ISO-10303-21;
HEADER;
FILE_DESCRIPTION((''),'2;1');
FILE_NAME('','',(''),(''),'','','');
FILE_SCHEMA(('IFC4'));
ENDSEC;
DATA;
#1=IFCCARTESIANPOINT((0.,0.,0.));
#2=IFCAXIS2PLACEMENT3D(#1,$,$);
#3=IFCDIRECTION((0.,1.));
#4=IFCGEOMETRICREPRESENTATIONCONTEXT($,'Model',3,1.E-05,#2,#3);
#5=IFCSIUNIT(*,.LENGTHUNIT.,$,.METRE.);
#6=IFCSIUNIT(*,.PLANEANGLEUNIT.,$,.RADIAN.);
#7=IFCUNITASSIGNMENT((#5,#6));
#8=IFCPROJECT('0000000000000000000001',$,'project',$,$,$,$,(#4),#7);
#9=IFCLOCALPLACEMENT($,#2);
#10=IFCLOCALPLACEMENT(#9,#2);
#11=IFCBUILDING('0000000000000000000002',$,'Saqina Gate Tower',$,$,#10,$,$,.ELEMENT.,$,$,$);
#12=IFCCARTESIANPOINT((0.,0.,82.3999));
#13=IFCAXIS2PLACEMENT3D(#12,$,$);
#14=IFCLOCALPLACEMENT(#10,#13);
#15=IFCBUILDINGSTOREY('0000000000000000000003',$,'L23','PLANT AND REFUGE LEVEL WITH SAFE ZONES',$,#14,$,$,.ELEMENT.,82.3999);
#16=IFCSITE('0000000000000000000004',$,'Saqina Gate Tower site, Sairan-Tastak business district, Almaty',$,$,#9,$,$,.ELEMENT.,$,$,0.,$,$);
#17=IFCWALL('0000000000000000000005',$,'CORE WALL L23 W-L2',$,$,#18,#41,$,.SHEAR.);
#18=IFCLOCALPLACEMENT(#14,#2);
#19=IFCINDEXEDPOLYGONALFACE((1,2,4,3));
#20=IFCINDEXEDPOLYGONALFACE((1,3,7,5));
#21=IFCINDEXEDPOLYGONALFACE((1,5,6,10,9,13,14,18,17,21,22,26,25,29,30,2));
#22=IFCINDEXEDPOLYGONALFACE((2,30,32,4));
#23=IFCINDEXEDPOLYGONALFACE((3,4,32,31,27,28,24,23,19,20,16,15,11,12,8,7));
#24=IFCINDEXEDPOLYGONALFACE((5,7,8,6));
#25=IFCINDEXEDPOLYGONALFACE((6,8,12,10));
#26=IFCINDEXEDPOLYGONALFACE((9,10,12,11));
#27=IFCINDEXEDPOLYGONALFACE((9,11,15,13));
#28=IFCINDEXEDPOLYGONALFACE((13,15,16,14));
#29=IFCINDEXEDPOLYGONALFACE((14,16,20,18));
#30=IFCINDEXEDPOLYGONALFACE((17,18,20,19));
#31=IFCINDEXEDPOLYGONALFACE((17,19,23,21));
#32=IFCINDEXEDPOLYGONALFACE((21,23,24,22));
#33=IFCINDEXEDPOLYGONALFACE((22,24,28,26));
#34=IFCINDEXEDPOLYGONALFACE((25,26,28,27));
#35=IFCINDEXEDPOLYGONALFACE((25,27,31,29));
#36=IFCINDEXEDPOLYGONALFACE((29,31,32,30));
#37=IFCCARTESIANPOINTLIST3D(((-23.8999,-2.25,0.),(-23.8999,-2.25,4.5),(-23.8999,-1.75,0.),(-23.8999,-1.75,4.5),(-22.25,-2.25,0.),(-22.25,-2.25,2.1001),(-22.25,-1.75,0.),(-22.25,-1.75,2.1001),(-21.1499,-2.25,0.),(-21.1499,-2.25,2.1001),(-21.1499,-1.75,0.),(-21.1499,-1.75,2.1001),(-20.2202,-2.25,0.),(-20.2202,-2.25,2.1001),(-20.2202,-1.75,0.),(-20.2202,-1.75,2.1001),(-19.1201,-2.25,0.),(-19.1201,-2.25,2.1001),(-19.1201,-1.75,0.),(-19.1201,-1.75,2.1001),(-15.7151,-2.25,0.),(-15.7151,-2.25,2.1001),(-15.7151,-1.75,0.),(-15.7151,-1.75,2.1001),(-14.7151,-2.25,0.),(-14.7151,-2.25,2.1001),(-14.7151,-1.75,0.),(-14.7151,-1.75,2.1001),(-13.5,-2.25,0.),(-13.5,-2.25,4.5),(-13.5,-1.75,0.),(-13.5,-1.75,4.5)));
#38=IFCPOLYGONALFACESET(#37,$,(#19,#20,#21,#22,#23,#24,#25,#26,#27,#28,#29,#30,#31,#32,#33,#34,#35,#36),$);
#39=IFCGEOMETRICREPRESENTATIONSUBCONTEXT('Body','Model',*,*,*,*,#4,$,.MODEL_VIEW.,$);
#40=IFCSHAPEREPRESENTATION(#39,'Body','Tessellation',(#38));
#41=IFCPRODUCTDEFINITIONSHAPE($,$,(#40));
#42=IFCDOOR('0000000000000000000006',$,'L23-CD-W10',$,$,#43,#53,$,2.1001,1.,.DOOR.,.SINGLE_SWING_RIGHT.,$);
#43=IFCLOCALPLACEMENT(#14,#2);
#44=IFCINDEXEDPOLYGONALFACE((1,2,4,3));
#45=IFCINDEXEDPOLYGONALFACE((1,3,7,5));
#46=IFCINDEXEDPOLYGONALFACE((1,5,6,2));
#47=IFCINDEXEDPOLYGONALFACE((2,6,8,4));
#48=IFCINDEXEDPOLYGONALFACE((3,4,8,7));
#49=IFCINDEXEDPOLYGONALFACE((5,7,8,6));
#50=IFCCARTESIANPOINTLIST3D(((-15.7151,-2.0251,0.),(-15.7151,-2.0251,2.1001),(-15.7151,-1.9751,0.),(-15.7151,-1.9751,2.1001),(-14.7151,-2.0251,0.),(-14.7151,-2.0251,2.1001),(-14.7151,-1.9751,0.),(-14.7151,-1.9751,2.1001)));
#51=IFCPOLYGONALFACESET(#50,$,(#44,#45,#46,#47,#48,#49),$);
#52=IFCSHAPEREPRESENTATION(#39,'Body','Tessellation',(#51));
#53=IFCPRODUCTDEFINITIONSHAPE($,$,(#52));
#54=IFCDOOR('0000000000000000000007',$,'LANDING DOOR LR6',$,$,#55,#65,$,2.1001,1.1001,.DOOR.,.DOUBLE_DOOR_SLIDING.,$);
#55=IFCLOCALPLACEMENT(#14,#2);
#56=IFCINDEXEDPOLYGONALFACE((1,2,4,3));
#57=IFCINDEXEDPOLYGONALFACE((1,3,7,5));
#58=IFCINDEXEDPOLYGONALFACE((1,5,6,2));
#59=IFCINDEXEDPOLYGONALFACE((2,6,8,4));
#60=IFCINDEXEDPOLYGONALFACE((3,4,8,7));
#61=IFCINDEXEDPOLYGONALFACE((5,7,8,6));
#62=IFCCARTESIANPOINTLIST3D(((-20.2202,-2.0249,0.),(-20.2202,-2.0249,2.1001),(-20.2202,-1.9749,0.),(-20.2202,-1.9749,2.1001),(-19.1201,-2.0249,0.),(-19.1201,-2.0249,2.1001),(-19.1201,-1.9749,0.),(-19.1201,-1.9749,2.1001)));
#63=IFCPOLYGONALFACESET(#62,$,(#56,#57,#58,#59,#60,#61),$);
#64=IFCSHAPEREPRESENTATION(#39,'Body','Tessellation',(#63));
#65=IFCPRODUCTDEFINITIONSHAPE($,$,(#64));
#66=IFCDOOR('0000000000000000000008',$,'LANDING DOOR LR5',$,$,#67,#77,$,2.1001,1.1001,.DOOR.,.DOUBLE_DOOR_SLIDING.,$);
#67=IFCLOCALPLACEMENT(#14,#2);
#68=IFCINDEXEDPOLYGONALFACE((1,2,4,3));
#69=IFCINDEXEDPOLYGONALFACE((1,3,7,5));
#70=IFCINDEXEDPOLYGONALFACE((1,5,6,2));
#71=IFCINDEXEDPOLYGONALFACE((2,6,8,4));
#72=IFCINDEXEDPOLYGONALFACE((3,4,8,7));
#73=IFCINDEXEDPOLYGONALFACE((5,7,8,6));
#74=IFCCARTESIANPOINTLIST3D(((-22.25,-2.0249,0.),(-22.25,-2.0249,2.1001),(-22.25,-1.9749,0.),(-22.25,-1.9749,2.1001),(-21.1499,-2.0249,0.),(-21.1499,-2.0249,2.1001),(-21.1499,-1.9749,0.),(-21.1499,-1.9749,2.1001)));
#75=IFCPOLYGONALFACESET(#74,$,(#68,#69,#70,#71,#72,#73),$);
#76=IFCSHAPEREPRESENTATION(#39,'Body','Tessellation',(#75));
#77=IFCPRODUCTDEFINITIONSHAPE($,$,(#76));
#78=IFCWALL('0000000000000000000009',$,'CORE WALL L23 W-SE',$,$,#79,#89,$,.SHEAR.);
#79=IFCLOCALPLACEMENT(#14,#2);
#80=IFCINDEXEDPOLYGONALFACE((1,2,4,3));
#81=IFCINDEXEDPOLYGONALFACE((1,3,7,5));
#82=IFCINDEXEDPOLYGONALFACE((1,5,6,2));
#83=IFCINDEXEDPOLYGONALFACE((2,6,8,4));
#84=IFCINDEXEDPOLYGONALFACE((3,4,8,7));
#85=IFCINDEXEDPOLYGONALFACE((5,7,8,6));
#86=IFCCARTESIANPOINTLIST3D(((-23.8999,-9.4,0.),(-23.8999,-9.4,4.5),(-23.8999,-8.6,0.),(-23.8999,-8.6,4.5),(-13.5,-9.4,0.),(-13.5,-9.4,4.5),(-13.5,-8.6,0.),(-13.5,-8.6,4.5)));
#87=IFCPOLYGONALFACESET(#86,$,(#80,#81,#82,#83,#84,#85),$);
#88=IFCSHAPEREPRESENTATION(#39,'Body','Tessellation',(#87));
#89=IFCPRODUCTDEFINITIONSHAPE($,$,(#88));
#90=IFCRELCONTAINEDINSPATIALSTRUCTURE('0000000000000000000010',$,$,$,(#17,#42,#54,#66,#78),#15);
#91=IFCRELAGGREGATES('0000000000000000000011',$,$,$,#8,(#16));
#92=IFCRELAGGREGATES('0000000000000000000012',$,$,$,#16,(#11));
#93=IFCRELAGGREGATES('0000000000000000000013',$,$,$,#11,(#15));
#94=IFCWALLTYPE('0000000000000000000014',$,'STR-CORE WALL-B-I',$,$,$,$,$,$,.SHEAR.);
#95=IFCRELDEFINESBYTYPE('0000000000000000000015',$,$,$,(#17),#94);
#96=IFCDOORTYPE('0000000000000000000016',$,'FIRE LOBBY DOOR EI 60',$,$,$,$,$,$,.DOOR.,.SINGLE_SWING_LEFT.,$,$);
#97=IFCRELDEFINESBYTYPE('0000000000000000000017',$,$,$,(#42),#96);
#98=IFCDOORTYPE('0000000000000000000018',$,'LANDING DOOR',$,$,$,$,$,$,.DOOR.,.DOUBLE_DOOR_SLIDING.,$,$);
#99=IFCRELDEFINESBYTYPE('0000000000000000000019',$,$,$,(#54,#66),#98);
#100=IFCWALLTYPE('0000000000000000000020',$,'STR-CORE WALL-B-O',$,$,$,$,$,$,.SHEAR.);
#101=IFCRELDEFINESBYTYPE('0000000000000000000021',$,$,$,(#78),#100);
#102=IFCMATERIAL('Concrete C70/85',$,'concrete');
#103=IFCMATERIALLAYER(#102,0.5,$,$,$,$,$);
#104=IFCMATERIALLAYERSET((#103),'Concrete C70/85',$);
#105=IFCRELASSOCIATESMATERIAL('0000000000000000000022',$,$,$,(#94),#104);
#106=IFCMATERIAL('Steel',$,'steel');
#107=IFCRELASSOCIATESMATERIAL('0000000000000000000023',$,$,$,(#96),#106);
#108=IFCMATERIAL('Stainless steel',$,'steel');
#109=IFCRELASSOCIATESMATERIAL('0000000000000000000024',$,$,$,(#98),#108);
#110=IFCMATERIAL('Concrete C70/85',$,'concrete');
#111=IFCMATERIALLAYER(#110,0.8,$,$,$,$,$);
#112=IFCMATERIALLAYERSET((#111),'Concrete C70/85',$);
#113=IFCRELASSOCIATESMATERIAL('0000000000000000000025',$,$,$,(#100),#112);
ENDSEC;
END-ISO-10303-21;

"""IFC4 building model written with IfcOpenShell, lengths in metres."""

from ifc_helpers import new_model, si_unit, direction, frame, frame_2d, origin, place, context, subcontext, project, spatial, rectangle, extrude, material, layer, layer_set, type_object, element, fill, save


model = new_model("IFC4")

# Units and contexts
model_context = context("Model", 3, precision=1e-05, world=origin(), true_north=direction((0.0, 1.0)))
body_context = subcontext(model_context, "Body", "Model", "MODEL_VIEW")
ifc_project = project(units=[si_unit("LENGTHUNIT", "METRE"), si_unit("PLANEANGLEUNIT", "RADIAN")], contexts=[model_context])

# Site, building, storey
site_placement = place(None, origin())
site = spatial("IfcSite", under=ifc_project, at=site_placement, Name="Saqina Gate Tower site, Sairan-Tastak business district, Almaty", CompositionType="ELEMENT", RefElevation=0.0)
building_placement = place(site_placement, origin())
building = spatial("IfcBuilding", under=site, at=building_placement, Name="Saqina Gate Tower", CompositionType="ELEMENT")
storey_placement = place(building_placement, frame((0.0, 0.0, 82.3999)))
storey = spatial("IfcBuildingStorey", under=building, at=storey_placement, Name="L23", Description="PLANT AND REFUGE LEVEL WITH SAFE ZONES", CompositionType="ELEMENT", Elevation=82.3999)

# Shared definitions
ifc_material_1 = material(Name="Concrete C70/85", Category="concrete")
ifc_layer_1 = layer(ifc_material_1, 0.5)
ifc_layer_set_1 = layer_set([ifc_layer_1], Name="Concrete C70/85")
wall_type_1 = type_object("IfcWallType", Name="STR-CORE WALL-B-I", PredefinedType="SHEAR", material=ifc_layer_set_1)

# Wall, openings, doors
wall_1_placement = place(storey_placement, frame((-13.5, -2.0, 0.0), z_axis=(0.0, 0.0, 1.0), x_axis=(-1.0, 0.0, 0.0)))
wall_1 = element("IfcWall", 1, at=wall_1_placement, inside=storey, type_object=wall_type_1, Name="CORE WALL L23 W-L2", PredefinedType="SHEAR", context=body_context, shape_type="SweptSolid", body=[
    extrude(rectangle(XDim=10.3999, YDim=0.5, at=frame_2d((5.2, 0.0))), origin(), (0.0, 0.0, 1.0), 4.5),
])
opening_1_placement = place(wall_1_placement, frame((5.6201, 0.0, 0.0)))
opening_1 = element("IfcOpeningElement", 2, at=opening_1_placement, cuts=wall_1, PredefinedType="OPENING", context=body_context, shape_type="SweptSolid", body=[
    extrude(rectangle(XDim=1.1001, YDim=2.1001, at=frame_2d((0.55, 1.05))), frame((0.0, 0.262, 0.0), z_axis=(0.0, -1.0, 0.0), x_axis=(1.0, 0.0, 0.0)), (0.0, 0.0, 1.0), 0.5239),
])
opening_2_placement = place(wall_1_placement, frame((7.6499, 0.0, 0.0)))
opening_2 = element("IfcOpeningElement", 3, at=opening_2_placement, cuts=wall_1, PredefinedType="OPENING", context=body_context, shape_type="SweptSolid", body=[
    extrude(rectangle(XDim=1.1001, YDim=2.1001, at=frame_2d((0.55, 1.05))), frame((0.0, 0.262, 0.0), z_axis=(0.0, -1.0, 0.0), x_axis=(1.0, 0.0, 0.0)), (0.0, 0.0, 1.0), 0.5239),
])
opening_3_placement = place(wall_1_placement, frame((1.2151, 0.0, 0.0)))
opening_3 = element("IfcOpeningElement", 4, at=opening_3_placement, cuts=wall_1, PredefinedType="OPENING", context=body_context, shape_type="SweptSolid", body=[
    extrude(rectangle(XDim=1.0, YDim=2.1001, at=frame_2d((0.5, 1.05))), frame((0.0, 0.262, 0.0), z_axis=(0.0, -1.0, 0.0), x_axis=(1.0, 0.0, 0.0)), (0.0, 0.0, 1.0), 0.5239),
])
ifc_material_2 = material(Name="Steel", Category="steel")
door_type_1 = type_object("IfcDoorType", Name="FIRE LOBBY DOOR EI 60", OperationType="SINGLE_SWING_LEFT", PredefinedType="DOOR", material=ifc_material_2)
door_1_placement = place(opening_3_placement, frame((1.0, 0.0, 0.0), z_axis=(0.0, 0.0, 1.0), x_axis=(-1.0, 0.0, 0.0)))
door_1 = element("IfcDoor", 5, at=door_1_placement, inside=storey, type_object=door_type_1, Name="L23-CD-W10", OperationType="SINGLE_SWING_RIGHT", OverallHeight=2.1001, OverallWidth=1.0, PredefinedType="DOOR", context=body_context, shape_type="SweptSolid", body=[
    extrude(rectangle(XDim=1.0, YDim=2.1001, at=frame_2d((0.5, 1.05))), frame((0.0, 0.0249, 0.0), z_axis=(0.0, -1.0, 0.0), x_axis=(1.0, 0.0, 0.0)), (0.0, 0.0, 1.0), 0.05),
])
fill(opening_3, door_1)
ifc_material_3 = material(Name="Stainless steel", Category="steel")
door_type_2 = type_object("IfcDoorType", Name="LANDING DOOR", OperationType="DOUBLE_DOOR_SLIDING", PredefinedType="DOOR", material=ifc_material_3)
door_2_placement = place(opening_1_placement, origin())
door_2 = element("IfcDoor", 6, at=door_2_placement, inside=storey, type_object=door_type_2, Name="LANDING DOOR LR6", OperationType="DOUBLE_DOOR_SLIDING", OverallHeight=2.1001, OverallWidth=1.1001, PredefinedType="DOOR", context=body_context, shape_type="SweptSolid", body=[
    extrude(rectangle(XDim=1.1001, YDim=2.1001, at=frame_2d((0.55, 1.05))), frame((0.0, 0.0249, 0.0), z_axis=(0.0, -1.0, 0.0), x_axis=(1.0, 0.0, 0.0)), (0.0, 0.0, 1.0), 0.05),
])
fill(opening_1, door_2)
door_3_placement = place(opening_2_placement, origin())
door_3 = element("IfcDoor", 7, at=door_3_placement, inside=storey, type_object=door_type_2, Name="LANDING DOOR LR5", OperationType="DOUBLE_DOOR_SLIDING", OverallHeight=2.1001, OverallWidth=1.1001, PredefinedType="DOOR", context=body_context, shape_type="SweptSolid", body=[
    extrude(rectangle(XDim=1.1001, YDim=2.1001, at=frame_2d((0.55, 1.05))), frame((0.0, 0.0249, 0.0), z_axis=(0.0, -1.0, 0.0), x_axis=(1.0, 0.0, 0.0)), (0.0, 0.0, 1.0), 0.05),
])
fill(opening_2, door_3)

# Wall
ifc_material_4 = material(Name="Concrete C70/85", Category="concrete")
ifc_layer_2 = layer(ifc_material_4, 0.8)
ifc_layer_set_2 = layer_set([ifc_layer_2], Name="Concrete C70/85")
wall_type_2 = type_object("IfcWallType", Name="STR-CORE WALL-B-O", PredefinedType="SHEAR", material=ifc_layer_set_2)
wall_2_placement = place(storey_placement, frame((-13.5, -9.0, 0.0), z_axis=(0.0, 0.0, 1.0), x_axis=(-1.0, 0.0, 0.0)))
element("IfcWall", 8, at=wall_2_placement, inside=storey, type_object=wall_type_2, Name="CORE WALL L23 W-SE", PredefinedType="SHEAR", context=body_context, shape_type="SweptSolid", body=[
    extrude(rectangle(XDim=10.3999, YDim=0.8, at=frame_2d((5.2, 0.0))), origin(), (0.0, 0.0, 1.0), 4.5),
])

save(model, "model.ifc")
